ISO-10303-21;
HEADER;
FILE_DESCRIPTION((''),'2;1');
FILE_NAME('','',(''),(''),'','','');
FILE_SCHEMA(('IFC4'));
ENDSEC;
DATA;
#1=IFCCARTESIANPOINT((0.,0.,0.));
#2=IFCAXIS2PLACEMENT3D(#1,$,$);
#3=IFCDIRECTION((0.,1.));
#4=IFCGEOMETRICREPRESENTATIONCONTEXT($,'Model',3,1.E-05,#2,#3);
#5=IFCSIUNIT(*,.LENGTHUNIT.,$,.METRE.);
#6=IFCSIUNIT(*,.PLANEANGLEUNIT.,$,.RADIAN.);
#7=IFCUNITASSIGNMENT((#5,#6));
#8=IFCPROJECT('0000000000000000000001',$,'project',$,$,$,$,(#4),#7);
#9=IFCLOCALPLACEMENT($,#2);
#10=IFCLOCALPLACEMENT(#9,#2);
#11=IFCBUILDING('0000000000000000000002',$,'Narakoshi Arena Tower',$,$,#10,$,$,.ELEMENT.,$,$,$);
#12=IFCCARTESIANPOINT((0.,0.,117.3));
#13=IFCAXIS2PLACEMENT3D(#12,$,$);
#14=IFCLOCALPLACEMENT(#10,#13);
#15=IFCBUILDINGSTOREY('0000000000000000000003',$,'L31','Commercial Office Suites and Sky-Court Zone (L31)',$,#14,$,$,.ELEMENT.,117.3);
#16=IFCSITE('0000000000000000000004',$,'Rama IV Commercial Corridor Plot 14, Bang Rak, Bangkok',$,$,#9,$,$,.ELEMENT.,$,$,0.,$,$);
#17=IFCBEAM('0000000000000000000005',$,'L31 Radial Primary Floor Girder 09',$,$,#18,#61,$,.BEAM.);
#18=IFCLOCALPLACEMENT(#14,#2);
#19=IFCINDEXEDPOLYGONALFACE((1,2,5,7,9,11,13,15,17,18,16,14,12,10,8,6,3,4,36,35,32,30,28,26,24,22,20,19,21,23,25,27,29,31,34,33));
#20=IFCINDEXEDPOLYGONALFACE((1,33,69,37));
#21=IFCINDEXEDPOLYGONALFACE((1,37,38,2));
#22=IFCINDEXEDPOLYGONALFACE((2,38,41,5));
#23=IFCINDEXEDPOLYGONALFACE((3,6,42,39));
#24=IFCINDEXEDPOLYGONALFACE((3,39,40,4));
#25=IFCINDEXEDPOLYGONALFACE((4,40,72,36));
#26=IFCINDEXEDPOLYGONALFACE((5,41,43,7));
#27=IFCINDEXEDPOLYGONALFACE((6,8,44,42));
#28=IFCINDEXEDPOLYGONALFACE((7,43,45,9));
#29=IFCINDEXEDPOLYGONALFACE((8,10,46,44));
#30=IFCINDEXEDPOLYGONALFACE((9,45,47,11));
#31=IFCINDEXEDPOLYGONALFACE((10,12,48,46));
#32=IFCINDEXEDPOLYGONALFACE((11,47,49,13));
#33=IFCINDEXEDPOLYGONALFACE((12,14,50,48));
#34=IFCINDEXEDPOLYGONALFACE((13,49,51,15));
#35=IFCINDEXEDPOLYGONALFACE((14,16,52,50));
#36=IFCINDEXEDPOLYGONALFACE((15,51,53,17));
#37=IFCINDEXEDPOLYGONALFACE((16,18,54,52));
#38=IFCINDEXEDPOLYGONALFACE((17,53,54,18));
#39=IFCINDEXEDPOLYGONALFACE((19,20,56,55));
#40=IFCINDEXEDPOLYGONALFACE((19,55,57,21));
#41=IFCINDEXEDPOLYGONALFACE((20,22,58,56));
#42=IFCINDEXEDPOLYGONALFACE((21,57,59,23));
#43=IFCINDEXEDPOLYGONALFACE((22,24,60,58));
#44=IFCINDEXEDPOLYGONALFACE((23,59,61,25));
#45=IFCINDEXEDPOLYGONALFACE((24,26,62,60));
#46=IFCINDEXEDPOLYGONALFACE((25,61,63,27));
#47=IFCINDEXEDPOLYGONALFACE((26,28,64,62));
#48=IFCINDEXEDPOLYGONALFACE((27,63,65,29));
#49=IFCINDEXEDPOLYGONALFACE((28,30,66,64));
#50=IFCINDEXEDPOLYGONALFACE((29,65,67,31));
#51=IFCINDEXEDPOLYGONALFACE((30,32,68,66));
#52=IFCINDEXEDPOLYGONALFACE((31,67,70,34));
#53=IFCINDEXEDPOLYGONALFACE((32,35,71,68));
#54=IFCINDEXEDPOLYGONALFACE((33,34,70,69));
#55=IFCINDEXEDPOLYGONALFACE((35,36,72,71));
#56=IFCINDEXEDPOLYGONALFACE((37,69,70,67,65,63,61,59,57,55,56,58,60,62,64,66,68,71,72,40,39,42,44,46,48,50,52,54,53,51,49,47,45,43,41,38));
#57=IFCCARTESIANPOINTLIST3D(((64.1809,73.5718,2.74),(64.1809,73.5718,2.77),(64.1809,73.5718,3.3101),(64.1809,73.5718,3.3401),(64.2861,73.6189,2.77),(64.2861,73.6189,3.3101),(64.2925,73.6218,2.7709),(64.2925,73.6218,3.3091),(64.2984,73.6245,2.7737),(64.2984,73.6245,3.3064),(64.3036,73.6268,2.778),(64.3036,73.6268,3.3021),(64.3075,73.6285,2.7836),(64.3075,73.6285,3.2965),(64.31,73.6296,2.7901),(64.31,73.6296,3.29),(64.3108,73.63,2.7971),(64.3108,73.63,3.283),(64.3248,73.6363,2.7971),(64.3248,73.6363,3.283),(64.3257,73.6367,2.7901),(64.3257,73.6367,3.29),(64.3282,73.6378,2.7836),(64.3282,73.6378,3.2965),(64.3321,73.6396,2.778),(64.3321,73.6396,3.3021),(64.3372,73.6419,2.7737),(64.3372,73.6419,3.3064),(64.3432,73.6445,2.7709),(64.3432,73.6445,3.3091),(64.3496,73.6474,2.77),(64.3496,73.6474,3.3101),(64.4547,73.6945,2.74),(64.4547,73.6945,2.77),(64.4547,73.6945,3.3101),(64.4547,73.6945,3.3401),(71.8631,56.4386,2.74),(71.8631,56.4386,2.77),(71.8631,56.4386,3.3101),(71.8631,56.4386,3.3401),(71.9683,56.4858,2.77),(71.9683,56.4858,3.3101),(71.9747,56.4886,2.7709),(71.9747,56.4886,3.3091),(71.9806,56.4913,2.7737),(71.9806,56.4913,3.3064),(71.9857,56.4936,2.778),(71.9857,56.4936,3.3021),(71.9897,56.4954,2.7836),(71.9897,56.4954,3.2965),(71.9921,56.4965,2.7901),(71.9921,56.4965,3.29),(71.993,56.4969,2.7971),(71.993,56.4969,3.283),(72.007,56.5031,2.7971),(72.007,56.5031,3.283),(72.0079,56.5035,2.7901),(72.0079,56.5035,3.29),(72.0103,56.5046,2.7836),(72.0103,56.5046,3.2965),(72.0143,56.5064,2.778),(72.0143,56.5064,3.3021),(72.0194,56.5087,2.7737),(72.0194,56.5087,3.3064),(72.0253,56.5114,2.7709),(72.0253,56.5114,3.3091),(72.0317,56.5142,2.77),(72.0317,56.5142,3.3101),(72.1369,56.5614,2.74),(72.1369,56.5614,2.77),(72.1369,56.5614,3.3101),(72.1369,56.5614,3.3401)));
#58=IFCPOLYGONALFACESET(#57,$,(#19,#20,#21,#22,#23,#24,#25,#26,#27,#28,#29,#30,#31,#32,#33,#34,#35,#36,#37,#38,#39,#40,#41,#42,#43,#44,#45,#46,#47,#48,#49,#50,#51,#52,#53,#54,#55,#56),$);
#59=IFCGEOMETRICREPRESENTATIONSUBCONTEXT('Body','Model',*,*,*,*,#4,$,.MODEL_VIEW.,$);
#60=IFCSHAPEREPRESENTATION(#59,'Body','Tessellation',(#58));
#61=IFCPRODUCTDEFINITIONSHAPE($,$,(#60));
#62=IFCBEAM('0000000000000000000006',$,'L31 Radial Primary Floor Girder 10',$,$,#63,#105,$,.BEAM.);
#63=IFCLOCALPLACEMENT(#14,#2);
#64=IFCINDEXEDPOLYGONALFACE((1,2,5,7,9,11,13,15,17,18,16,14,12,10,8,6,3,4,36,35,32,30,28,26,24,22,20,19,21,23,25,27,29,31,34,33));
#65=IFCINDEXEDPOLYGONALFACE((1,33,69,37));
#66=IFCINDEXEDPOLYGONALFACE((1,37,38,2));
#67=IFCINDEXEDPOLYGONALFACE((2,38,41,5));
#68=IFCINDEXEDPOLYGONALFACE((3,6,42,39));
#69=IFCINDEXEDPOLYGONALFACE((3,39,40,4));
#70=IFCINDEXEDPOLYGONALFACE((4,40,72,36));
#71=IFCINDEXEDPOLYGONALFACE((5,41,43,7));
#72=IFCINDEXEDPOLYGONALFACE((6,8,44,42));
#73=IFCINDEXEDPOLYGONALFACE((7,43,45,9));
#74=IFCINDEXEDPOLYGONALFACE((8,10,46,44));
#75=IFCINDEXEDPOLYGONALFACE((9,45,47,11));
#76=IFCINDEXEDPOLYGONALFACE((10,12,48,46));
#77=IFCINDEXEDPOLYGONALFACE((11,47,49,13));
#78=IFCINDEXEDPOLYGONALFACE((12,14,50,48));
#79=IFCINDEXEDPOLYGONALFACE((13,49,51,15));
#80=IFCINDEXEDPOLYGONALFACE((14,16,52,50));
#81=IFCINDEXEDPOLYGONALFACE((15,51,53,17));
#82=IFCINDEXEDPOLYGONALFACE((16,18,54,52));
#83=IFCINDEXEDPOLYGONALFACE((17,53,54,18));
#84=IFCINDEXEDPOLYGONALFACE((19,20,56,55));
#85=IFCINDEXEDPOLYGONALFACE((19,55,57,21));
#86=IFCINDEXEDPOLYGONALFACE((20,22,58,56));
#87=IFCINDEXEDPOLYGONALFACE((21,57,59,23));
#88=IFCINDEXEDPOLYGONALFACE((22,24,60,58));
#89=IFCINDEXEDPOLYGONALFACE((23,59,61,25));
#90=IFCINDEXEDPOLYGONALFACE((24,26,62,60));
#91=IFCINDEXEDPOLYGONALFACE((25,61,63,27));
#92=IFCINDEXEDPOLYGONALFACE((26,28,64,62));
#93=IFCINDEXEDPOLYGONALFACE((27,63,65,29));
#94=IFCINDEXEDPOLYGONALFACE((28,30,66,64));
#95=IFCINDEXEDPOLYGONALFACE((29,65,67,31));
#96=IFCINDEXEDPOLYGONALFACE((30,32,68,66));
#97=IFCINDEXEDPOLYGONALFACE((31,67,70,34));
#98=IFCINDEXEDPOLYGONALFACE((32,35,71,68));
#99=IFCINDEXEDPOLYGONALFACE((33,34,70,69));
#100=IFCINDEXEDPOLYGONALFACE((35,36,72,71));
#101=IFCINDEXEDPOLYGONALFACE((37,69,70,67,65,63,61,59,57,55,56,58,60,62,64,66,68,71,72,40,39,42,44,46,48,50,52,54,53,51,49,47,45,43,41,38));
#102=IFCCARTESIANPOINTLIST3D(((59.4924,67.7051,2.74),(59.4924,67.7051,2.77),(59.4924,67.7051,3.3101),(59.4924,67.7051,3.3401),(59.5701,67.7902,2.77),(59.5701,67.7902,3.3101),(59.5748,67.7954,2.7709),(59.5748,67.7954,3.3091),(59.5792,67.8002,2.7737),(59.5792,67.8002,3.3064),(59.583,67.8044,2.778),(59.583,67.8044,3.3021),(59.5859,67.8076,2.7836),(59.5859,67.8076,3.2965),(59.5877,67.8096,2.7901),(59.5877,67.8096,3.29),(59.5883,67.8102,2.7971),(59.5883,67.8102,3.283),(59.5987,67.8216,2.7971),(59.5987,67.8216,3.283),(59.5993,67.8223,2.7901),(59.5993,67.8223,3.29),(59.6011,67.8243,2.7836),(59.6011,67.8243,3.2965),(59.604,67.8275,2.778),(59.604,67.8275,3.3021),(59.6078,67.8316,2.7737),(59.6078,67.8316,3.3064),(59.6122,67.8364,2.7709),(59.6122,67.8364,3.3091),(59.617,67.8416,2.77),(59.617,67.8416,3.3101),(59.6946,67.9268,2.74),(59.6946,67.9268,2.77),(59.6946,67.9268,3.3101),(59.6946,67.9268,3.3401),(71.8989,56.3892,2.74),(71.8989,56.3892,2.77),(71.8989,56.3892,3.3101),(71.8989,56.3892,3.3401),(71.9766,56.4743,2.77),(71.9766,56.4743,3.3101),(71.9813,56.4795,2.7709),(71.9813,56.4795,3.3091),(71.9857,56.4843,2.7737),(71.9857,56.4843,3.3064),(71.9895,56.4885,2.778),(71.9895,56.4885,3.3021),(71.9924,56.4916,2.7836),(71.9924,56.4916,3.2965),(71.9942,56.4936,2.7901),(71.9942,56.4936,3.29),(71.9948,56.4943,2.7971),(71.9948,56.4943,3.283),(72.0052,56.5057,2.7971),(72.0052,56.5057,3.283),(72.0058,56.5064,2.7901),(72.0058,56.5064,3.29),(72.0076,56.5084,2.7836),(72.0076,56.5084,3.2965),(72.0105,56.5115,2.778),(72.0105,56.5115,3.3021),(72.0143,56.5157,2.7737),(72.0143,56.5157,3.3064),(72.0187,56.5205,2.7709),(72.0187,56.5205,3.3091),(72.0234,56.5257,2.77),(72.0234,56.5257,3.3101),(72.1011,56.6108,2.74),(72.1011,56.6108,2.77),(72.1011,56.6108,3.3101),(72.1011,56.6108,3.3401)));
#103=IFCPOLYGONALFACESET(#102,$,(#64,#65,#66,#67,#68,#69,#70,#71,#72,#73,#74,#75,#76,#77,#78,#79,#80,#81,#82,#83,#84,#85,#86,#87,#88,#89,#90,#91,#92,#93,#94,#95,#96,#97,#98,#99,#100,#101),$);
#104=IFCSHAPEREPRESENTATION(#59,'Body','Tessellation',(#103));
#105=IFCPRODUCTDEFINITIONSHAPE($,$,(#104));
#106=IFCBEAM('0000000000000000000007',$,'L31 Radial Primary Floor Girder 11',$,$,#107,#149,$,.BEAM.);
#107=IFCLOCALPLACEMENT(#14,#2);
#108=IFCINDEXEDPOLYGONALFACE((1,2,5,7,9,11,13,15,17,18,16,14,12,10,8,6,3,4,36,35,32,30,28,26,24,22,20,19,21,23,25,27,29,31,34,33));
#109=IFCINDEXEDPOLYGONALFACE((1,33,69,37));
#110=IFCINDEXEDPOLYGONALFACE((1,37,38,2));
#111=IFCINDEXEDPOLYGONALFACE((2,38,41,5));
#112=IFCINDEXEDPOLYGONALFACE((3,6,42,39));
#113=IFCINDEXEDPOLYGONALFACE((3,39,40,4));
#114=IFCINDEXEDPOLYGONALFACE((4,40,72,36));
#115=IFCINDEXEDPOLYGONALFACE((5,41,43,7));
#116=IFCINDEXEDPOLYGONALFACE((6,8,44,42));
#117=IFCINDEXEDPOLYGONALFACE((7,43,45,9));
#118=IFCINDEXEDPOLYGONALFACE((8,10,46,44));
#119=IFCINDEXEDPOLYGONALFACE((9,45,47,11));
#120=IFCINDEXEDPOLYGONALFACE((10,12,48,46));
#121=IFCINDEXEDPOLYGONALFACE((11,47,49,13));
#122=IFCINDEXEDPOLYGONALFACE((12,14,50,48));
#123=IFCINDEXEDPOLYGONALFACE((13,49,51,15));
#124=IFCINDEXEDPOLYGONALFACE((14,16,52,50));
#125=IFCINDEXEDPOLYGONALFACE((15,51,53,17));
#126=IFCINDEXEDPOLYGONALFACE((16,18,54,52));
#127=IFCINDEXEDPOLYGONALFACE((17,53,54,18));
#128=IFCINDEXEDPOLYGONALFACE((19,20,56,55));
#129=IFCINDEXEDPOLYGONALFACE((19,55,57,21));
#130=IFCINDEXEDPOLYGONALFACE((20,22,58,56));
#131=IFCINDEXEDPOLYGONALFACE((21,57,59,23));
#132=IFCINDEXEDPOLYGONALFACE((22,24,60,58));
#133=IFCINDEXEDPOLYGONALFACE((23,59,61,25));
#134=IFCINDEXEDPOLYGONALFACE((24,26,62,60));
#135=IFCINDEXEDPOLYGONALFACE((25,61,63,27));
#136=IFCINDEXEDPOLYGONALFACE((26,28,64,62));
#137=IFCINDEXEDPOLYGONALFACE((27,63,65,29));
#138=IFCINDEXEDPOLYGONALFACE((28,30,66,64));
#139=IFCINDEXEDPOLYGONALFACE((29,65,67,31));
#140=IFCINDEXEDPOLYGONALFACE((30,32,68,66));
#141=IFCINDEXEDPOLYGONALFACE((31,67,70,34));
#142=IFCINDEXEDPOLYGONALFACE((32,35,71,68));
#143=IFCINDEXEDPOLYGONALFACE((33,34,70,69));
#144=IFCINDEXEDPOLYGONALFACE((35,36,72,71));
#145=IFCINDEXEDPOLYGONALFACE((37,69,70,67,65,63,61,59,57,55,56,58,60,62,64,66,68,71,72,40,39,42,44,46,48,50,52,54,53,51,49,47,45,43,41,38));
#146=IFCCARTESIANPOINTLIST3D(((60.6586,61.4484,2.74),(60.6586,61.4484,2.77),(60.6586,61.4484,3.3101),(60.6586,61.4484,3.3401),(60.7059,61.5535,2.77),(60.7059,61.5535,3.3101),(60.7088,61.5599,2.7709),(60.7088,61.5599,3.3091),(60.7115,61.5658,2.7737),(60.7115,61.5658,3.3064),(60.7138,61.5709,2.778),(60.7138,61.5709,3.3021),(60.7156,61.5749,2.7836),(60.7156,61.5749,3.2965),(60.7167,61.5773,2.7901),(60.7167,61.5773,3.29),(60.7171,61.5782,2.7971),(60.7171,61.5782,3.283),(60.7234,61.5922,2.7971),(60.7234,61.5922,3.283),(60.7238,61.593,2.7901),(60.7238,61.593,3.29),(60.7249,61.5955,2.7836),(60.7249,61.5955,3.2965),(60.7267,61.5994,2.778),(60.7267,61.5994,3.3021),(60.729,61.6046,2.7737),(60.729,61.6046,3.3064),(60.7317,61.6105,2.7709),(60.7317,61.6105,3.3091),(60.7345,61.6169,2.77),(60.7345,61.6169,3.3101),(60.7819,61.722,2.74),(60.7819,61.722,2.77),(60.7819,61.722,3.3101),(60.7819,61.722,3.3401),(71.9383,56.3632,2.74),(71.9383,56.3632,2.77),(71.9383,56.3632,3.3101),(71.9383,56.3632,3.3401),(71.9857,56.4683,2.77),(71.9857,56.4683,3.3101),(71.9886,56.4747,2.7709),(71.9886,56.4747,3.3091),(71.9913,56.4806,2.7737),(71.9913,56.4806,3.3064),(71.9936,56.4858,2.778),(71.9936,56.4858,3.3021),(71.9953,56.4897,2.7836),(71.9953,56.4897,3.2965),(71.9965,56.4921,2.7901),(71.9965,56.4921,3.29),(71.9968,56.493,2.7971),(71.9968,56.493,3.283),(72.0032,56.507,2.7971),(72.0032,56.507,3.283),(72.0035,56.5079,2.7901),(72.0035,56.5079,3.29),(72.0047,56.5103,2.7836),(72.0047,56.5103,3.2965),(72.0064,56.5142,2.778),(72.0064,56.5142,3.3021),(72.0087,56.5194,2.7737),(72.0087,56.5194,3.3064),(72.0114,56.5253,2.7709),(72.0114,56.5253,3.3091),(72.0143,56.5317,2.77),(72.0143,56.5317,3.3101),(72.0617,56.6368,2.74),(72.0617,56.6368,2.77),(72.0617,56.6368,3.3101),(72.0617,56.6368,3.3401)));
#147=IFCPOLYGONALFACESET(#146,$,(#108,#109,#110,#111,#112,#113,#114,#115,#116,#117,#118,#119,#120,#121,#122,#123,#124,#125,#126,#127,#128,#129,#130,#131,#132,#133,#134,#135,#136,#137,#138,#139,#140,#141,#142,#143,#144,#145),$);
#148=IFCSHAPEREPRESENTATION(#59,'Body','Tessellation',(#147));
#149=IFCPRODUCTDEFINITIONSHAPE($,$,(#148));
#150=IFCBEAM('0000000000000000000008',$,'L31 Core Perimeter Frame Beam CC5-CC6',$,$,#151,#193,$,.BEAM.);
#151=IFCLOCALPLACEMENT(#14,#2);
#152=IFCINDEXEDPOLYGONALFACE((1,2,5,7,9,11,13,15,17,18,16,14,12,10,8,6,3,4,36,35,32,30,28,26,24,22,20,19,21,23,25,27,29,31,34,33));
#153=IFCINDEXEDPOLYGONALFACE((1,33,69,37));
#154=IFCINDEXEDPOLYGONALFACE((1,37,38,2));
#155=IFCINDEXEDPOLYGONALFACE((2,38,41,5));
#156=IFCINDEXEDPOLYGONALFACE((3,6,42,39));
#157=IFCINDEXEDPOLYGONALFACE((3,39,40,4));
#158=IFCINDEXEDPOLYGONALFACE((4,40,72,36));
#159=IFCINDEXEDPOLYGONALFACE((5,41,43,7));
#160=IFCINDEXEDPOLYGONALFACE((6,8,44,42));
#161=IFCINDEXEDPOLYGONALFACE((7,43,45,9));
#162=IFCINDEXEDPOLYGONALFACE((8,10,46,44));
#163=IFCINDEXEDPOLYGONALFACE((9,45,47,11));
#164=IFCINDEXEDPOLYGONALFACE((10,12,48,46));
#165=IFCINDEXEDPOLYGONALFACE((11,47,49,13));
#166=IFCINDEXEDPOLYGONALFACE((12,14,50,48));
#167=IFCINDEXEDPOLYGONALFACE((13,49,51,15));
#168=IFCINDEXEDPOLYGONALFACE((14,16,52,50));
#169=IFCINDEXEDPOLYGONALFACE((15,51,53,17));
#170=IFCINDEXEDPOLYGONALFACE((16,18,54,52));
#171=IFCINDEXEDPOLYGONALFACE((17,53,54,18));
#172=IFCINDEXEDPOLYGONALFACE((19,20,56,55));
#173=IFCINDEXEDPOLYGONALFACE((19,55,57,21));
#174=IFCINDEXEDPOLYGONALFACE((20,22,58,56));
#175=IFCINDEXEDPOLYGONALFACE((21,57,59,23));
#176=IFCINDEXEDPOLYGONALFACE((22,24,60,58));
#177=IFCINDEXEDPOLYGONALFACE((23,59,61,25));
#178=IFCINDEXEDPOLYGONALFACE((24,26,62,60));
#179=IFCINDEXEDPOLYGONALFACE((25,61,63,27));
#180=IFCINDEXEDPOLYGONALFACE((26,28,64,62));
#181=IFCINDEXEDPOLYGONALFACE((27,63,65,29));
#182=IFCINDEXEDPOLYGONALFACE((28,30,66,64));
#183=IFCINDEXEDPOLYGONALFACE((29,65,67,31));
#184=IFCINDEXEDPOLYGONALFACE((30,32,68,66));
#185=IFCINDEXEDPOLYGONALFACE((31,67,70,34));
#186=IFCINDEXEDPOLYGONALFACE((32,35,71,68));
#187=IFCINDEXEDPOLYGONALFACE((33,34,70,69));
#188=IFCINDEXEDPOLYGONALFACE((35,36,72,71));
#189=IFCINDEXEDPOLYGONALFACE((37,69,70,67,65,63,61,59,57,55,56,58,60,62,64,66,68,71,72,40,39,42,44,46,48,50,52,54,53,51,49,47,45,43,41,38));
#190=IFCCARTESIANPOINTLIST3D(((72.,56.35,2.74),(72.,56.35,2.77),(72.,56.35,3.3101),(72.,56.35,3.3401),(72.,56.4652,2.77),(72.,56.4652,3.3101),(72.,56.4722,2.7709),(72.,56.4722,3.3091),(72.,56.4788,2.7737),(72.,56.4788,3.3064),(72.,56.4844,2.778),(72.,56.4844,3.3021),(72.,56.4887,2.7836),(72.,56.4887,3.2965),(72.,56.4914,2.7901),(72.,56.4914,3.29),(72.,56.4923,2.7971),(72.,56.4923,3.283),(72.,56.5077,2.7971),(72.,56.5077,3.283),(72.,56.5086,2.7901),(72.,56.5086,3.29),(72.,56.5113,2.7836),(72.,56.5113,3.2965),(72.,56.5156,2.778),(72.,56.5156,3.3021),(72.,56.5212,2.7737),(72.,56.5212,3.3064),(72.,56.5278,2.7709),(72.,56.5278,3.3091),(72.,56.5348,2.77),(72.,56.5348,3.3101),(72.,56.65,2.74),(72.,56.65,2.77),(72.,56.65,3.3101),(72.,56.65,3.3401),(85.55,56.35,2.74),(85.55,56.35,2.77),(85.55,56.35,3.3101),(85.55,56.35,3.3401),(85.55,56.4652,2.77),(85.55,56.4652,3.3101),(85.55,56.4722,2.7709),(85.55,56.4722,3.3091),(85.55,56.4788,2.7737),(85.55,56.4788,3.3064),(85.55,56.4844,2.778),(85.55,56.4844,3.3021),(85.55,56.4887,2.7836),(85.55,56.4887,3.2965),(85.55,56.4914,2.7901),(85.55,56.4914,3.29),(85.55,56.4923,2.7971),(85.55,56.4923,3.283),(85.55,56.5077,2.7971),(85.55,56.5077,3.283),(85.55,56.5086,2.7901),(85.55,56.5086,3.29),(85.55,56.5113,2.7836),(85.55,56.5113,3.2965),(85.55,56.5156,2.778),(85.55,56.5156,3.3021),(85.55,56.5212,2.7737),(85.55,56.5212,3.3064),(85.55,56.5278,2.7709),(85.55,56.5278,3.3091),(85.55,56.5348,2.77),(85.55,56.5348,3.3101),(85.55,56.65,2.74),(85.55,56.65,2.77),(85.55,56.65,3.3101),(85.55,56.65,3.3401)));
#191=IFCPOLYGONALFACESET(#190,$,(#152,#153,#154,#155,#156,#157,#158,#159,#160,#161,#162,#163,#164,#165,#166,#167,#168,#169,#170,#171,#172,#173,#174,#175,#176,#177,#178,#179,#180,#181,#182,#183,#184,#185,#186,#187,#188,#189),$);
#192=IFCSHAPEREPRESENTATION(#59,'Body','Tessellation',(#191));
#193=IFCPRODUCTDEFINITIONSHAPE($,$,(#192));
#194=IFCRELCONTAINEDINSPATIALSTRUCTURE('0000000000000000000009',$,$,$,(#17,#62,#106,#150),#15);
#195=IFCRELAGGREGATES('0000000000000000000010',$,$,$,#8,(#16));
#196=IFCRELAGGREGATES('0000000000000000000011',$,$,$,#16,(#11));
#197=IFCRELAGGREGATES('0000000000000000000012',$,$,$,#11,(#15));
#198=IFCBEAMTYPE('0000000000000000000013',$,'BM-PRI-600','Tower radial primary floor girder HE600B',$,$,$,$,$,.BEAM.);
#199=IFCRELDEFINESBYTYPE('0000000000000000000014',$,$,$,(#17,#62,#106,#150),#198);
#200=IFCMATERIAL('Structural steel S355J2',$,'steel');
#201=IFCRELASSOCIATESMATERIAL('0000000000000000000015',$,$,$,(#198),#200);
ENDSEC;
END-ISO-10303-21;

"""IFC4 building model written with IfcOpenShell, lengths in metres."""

from ifc_helpers import new_model, si_unit, direction, frame, origin, origin_2d, place, context, subcontext, project, spatial, i_section, extrude, material, material_profile, profile_set, type_object, element, save


model = new_model("IFC4")

# Units and contexts
model_context = context("Model", 3, precision=1e-05, world=origin(), true_north=direction((0.0, 1.0)))
body_context = subcontext(model_context, "Body", "Model", "MODEL_VIEW")
ifc_project = project(units=[si_unit("LENGTHUNIT", "METRE"), si_unit("PLANEANGLEUNIT", "RADIAN")], contexts=[model_context])

# Site, building, storey
site_placement = place(None, origin())
site = spatial("IfcSite", under=ifc_project, at=site_placement, Name="Rama IV Commercial Corridor Plot 14, Bang Rak, Bangkok", CompositionType="ELEMENT", RefElevation=0.0)
building_placement = place(site_placement, origin())
building = spatial("IfcBuilding", under=site, at=building_placement, Name="Narakoshi Arena Tower", CompositionType="ELEMENT")
storey_placement = place(building_placement, frame((0.0, 0.0, 117.3)))
storey = spatial("IfcBuildingStorey", under=building, at=storey_placement, Name="L31", Description="Commercial Office Suites and Sky-Court Zone (L31)", CompositionType="ELEMENT", Elevation=117.3)

# Beams
ifc_material_1 = material(Name="Structural steel S355J2", Category="steel")
ifc_material_profile_1 = material_profile(ifc_material_1, i_section(OverallWidth=0.3, OverallDepth=0.6001, WebThickness=0.0154, FlangeThickness=0.03, FilletRadius=0.0271, at=origin_2d()), Name="HE600B")
ifc_profile_set_1 = profile_set([ifc_material_profile_1], Name="Structural steel S355J2")
beam_type_1 = type_object("IfcBeamType", Name="BM-PRI-600", Description="Tower radial primary floor girder HE600B", PredefinedType="BEAM", material=ifc_profile_set_1)
beam_1_placement = place(storey_placement, frame((72.0, 56.5, 3.04), z_axis=(-0.409135, 0.912474, 0.0), x_axis=(-0.912474, -0.409135, 0.0)))
element("IfcBeam", 1, at=beam_1_placement, inside=storey, type_object=beam_type_1, Name="L31 Radial Primary Floor Girder 09", PredefinedType="BEAM", context=body_context, shape_type="SweptSolid", body=[
    extrude(i_section(OverallWidth=0.3, OverallDepth=0.6001, WebThickness=0.0154, FlangeThickness=0.03, FilletRadius=0.0271, at=origin_2d()), origin(), (0.0, 0.0, 1.0), 18.7766),
])
beam_2_placement = place(storey_placement, frame((72.0, 56.5, 3.04), z_axis=(-0.738834, 0.673888, 0.0), x_axis=(-0.673888, -0.738834, 0.0)))
element("IfcBeam", 2, at=beam_2_placement, inside=storey, type_object=beam_type_1, Name="L31 Radial Primary Floor Girder 10", PredefinedType="BEAM", context=body_context, shape_type="SweptSolid", body=[
    extrude(i_section(OverallWidth=0.3, OverallDepth=0.6001, WebThickness=0.0154, FlangeThickness=0.03, FilletRadius=0.0271, at=origin_2d()), origin(), (0.0, 0.0, 1.0), 16.792),
])
beam_3_placement = place(storey_placement, frame((72.0, 56.5, 3.04), z_axis=(-0.91164, 0.41099, 0.0), x_axis=(-0.41099, -0.91164, 0.0)))
element("IfcBeam", 3, at=beam_3_placement, inside=storey, type_object=beam_type_1, Name="L31 Radial Primary Floor Girder 11", PredefinedType="BEAM", context=body_context, shape_type="SweptSolid", body=[
    extrude(i_section(OverallWidth=0.3, OverallDepth=0.6001, WebThickness=0.0154, FlangeThickness=0.03, FilletRadius=0.0271, at=origin_2d()), origin(), (0.0, 0.0, 1.0), 12.373),
])
beam_4_placement = place(storey_placement, frame((72.0, 56.5, 3.04), z_axis=(1.0, 0.0, 0.0), x_axis=(0.0, 1.0, 0.0)))
element("IfcBeam", 4, at=beam_4_placement, inside=storey, type_object=beam_type_1, Name="L31 Core Perimeter Frame Beam CC5-CC6", PredefinedType="BEAM", context=body_context, shape_type="SweptSolid", body=[
    extrude(i_section(OverallWidth=0.3, OverallDepth=0.6001, WebThickness=0.0154, FlangeThickness=0.03, FilletRadius=0.0271, at=origin_2d()), origin(), (0.0, 0.0, 1.0), 13.55),
])

save(model, "model.ifc")
